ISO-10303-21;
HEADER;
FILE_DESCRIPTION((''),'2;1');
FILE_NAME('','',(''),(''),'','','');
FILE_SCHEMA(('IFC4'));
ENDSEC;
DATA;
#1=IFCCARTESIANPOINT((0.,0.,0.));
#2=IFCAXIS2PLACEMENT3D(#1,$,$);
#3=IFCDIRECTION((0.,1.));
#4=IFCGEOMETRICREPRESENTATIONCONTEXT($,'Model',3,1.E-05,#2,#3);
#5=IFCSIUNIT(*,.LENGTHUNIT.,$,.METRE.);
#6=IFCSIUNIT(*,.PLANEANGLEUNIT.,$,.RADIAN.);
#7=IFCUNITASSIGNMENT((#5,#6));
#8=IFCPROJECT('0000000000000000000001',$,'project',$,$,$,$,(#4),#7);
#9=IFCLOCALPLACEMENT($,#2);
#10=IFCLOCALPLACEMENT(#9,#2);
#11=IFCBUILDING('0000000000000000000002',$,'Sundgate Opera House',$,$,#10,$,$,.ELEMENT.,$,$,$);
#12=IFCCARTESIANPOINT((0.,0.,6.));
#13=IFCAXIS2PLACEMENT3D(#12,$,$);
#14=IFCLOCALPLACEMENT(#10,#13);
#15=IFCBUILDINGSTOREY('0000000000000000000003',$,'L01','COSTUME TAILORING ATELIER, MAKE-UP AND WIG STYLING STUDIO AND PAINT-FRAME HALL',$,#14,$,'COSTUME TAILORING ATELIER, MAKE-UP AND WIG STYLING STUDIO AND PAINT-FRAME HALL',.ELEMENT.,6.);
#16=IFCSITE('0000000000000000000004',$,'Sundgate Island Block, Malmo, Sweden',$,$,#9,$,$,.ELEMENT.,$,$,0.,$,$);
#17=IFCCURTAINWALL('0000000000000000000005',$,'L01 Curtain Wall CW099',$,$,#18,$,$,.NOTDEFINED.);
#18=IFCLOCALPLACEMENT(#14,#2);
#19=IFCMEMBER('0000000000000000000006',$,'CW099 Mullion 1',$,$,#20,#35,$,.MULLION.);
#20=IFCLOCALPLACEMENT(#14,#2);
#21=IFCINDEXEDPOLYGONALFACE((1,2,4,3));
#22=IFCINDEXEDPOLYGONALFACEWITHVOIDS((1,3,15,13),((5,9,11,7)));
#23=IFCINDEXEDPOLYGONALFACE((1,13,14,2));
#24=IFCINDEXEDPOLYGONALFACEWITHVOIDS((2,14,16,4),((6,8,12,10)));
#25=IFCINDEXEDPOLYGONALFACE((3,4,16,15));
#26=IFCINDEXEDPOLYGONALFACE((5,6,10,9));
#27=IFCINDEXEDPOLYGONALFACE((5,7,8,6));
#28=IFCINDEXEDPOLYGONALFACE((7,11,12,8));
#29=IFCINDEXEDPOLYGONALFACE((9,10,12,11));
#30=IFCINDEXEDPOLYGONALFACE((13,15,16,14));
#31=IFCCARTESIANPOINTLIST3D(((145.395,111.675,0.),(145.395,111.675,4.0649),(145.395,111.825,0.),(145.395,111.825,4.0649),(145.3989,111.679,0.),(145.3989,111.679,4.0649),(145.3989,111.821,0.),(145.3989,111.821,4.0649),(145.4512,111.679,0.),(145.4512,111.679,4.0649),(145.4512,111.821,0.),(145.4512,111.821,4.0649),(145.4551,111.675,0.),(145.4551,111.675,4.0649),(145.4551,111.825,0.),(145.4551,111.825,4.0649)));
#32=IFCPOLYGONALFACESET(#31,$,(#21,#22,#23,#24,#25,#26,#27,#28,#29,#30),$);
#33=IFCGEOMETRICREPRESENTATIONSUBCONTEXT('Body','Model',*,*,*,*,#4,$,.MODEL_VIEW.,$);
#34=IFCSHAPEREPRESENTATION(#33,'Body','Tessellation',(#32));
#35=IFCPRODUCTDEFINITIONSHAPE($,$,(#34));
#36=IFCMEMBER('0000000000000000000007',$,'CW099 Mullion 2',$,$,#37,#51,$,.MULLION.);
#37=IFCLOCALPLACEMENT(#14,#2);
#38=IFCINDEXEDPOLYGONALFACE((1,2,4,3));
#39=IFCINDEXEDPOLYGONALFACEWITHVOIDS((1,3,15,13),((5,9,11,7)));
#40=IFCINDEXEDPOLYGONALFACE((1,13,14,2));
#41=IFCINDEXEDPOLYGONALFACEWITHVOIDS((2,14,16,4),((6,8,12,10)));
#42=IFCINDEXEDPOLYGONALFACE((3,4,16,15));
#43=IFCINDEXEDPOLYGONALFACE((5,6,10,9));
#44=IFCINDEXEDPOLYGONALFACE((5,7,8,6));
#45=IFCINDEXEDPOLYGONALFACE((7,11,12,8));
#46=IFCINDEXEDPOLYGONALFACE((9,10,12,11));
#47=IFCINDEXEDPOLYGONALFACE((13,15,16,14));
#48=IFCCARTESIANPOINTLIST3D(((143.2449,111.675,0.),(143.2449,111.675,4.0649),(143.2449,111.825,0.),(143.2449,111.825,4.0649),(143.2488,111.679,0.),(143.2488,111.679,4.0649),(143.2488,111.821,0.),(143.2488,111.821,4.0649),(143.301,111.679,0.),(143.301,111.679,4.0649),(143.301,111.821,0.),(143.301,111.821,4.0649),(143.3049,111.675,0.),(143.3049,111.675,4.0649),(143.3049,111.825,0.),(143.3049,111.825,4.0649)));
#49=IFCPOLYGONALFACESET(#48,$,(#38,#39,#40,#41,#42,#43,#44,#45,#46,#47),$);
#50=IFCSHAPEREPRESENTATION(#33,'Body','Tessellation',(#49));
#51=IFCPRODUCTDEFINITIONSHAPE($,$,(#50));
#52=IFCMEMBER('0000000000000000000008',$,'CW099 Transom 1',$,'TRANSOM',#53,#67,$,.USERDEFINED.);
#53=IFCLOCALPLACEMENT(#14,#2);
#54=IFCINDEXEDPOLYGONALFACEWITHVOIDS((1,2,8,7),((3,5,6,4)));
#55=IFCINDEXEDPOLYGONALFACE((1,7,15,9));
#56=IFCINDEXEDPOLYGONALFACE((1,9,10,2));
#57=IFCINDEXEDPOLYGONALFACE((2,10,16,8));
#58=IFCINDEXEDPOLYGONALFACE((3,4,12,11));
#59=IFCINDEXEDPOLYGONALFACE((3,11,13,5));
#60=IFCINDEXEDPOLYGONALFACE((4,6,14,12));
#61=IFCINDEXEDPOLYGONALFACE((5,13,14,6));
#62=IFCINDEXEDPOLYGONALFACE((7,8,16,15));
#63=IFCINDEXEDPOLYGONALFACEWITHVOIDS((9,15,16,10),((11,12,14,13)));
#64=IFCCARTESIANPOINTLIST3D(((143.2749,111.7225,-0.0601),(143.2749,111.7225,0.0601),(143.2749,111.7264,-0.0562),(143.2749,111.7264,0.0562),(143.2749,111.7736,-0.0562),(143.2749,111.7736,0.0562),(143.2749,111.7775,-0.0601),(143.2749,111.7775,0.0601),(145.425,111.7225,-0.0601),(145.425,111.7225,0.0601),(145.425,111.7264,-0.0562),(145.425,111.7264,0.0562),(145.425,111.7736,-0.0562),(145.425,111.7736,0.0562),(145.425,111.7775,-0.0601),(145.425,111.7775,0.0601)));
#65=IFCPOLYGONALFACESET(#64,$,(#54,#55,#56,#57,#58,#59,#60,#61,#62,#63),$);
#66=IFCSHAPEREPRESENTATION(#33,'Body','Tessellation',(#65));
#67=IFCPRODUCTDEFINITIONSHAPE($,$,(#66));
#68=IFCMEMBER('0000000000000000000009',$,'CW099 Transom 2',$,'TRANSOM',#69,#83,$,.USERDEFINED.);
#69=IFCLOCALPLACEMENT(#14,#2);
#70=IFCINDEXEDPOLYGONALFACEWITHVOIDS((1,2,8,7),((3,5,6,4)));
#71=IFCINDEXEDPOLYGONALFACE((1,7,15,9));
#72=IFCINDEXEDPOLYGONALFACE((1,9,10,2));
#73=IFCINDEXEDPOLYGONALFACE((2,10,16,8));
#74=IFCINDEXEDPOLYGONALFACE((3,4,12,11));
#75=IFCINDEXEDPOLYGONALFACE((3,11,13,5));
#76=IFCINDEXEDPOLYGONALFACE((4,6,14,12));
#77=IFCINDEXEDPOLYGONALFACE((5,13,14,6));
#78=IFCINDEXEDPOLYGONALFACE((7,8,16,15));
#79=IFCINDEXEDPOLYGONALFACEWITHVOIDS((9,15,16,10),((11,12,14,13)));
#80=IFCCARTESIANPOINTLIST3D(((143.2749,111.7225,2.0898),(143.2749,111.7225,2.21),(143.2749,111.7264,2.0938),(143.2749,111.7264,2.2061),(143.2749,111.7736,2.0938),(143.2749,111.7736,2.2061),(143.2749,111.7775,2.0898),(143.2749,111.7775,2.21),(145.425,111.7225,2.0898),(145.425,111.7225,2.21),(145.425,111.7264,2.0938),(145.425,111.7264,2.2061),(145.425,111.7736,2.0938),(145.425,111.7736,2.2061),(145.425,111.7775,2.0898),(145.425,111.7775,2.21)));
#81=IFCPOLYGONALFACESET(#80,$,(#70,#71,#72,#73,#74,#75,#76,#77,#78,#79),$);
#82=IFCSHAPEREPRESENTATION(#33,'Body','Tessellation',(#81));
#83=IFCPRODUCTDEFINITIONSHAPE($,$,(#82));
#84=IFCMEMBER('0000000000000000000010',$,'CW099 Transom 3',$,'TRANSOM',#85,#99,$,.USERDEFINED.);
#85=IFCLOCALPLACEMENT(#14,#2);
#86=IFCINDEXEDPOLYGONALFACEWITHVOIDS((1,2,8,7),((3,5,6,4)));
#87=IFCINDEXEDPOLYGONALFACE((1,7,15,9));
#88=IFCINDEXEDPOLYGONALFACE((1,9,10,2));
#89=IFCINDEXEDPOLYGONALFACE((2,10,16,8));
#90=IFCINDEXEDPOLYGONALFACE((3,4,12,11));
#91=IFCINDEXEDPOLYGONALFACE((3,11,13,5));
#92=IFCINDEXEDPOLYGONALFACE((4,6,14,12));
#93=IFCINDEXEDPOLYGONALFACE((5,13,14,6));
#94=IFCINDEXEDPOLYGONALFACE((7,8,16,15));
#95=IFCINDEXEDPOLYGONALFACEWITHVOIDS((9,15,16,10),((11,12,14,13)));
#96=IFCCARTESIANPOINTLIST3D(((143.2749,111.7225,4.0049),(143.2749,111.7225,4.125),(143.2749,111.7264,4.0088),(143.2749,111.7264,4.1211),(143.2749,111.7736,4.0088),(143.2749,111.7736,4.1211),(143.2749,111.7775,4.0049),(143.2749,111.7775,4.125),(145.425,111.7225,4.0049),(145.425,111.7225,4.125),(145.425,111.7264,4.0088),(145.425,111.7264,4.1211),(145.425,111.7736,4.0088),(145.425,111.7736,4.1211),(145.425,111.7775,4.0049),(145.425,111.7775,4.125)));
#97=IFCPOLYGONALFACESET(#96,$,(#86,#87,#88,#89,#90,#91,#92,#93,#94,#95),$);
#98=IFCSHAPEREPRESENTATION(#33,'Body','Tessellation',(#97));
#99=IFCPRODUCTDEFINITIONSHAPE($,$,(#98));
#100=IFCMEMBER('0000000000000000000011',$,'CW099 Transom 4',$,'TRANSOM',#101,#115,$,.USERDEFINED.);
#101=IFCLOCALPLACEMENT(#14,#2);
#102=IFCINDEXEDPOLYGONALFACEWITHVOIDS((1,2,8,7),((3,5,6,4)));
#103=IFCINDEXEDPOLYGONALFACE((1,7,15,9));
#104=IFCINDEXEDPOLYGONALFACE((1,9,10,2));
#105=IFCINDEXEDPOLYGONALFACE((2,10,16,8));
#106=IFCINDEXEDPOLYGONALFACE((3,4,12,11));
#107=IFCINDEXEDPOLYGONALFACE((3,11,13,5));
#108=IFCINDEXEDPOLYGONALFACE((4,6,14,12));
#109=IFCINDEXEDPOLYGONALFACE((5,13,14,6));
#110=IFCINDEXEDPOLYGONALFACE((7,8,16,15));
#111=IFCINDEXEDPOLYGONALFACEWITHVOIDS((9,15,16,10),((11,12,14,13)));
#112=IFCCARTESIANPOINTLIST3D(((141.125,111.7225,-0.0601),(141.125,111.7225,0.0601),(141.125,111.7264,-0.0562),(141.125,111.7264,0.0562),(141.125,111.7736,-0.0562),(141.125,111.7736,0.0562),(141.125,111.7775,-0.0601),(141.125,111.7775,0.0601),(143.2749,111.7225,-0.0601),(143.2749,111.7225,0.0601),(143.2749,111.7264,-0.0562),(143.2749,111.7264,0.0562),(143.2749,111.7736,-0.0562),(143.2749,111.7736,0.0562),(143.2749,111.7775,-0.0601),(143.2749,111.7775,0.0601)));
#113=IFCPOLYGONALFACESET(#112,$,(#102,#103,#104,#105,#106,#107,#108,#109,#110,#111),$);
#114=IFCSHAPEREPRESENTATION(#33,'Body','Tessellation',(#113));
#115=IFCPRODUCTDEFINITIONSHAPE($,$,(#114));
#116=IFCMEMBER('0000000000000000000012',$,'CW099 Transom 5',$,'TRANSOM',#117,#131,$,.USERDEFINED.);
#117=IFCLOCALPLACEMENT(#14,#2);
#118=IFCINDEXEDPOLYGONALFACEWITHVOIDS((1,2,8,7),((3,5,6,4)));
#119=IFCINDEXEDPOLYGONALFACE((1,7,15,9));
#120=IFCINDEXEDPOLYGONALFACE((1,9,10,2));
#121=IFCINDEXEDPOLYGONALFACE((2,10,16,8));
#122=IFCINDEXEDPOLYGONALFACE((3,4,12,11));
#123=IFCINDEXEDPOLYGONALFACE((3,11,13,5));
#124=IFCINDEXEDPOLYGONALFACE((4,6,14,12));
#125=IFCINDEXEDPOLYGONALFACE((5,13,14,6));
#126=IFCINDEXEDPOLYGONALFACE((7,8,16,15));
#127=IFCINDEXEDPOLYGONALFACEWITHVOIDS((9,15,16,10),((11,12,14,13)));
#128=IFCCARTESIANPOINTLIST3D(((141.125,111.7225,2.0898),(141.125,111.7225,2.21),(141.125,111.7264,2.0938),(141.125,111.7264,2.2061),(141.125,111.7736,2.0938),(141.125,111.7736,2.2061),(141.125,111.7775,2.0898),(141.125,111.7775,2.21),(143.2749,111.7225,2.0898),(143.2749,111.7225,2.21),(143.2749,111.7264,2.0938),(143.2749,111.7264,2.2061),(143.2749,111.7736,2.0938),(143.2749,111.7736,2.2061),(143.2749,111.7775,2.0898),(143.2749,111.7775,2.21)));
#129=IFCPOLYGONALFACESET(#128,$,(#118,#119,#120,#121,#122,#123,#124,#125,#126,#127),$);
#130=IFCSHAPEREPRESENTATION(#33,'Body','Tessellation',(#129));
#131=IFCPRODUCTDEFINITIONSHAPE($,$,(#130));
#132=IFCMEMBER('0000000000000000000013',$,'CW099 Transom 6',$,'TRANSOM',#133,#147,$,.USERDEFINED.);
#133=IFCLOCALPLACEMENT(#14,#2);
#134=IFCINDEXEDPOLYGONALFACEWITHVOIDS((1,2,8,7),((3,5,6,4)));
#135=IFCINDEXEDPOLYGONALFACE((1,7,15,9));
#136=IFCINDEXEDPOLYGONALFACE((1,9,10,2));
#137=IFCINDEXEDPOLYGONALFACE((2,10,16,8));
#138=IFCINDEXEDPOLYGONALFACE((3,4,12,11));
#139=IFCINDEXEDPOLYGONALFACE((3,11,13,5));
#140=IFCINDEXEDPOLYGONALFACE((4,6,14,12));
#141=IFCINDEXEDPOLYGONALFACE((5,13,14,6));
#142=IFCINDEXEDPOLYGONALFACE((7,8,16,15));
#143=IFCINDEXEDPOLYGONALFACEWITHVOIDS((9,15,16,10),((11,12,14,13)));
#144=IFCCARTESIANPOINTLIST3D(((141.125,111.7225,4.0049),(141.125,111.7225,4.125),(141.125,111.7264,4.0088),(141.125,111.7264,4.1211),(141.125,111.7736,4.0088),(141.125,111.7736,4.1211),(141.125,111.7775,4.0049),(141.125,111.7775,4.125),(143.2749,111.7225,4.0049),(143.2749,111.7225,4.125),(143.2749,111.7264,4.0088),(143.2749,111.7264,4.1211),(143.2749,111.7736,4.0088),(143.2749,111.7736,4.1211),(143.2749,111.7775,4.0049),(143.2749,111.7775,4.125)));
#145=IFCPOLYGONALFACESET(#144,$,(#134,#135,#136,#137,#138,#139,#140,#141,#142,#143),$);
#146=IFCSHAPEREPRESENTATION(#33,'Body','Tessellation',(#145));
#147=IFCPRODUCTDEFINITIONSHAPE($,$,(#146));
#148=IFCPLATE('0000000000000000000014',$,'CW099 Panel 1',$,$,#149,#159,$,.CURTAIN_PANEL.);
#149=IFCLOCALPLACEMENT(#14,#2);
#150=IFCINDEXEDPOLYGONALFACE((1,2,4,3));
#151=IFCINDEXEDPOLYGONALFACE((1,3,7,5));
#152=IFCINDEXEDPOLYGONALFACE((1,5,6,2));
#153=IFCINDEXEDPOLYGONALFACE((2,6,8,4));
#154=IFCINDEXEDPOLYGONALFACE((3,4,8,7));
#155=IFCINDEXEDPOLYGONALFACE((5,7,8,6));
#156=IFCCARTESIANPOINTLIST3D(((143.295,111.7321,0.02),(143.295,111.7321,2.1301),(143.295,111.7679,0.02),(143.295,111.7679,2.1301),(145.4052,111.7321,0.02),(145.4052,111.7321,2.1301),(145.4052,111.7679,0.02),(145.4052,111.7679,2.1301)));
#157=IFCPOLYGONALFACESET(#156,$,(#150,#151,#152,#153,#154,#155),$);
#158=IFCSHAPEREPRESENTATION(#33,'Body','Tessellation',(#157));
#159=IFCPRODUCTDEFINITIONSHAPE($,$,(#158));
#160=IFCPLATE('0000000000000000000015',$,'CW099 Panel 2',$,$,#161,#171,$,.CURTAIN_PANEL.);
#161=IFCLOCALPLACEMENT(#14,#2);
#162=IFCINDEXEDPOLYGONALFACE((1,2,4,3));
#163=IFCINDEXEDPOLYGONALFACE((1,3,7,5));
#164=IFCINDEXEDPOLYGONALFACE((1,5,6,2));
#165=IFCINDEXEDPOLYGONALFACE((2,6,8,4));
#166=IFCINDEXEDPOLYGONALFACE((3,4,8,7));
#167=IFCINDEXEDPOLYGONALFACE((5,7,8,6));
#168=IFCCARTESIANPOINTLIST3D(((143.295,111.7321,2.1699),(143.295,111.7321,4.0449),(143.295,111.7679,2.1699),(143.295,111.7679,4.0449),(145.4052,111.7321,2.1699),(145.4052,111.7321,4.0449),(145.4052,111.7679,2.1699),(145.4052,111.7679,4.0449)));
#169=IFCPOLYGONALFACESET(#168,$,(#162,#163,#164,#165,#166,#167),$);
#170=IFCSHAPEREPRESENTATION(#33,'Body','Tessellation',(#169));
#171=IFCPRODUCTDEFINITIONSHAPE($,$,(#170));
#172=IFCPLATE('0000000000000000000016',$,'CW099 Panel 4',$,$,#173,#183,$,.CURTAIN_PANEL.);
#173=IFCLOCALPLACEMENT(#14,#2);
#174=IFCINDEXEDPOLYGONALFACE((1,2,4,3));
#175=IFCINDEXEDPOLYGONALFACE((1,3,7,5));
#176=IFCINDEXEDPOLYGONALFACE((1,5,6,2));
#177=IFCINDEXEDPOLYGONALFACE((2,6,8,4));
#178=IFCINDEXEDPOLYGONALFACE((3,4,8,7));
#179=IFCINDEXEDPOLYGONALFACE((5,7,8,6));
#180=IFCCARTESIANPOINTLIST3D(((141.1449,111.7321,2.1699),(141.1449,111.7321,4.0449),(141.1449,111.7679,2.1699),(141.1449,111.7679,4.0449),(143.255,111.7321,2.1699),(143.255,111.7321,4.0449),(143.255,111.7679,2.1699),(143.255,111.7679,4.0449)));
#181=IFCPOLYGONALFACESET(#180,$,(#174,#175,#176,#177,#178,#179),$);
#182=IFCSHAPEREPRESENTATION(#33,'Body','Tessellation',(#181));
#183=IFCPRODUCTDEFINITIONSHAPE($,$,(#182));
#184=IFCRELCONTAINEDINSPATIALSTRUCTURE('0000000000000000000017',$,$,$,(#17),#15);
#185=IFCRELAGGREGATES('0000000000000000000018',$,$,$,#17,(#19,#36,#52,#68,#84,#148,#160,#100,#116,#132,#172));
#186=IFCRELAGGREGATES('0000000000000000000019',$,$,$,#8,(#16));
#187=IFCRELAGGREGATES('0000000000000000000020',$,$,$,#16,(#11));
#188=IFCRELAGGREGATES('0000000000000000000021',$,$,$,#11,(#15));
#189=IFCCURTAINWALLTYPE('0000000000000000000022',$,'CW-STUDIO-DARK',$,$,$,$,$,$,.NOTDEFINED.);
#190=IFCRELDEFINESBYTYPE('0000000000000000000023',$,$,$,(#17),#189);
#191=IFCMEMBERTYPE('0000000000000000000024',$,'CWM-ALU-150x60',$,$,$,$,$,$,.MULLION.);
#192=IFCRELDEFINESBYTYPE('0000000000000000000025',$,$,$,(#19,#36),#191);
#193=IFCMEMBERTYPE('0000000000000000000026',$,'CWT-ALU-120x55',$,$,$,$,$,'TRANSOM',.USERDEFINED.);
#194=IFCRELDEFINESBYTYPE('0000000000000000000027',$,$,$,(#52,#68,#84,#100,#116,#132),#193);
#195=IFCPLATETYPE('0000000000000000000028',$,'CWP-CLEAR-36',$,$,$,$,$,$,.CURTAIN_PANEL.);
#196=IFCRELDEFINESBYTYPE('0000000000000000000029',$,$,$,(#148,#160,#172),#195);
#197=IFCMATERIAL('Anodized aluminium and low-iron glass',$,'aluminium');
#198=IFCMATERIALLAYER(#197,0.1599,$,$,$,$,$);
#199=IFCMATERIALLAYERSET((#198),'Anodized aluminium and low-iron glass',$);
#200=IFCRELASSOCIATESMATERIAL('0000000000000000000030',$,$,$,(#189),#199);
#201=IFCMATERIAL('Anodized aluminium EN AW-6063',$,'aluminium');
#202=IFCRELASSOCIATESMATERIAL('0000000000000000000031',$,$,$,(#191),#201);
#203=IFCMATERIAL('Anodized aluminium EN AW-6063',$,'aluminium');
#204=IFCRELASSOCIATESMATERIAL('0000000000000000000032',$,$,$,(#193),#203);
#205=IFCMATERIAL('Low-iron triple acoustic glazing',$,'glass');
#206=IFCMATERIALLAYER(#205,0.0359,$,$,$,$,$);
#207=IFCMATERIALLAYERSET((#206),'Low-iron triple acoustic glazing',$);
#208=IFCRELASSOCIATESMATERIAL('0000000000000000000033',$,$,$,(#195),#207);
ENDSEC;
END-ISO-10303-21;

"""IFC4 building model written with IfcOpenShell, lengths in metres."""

from ifc_helpers import new_model, si_unit, direction, frame, origin, origin_2d, place, context, subcontext, project, spatial, rectangle, hollow_rectangle, extrude, material, layer, layer_set, material_profile, profile_set, type_object, element, aggregate, save


model = new_model("IFC4")

# Units and contexts
model_context = context("Model", 3, precision=1e-05, world=origin(), true_north=direction((0.0, 1.0)))
body_context = subcontext(model_context, "Body", "Model", "MODEL_VIEW")
ifc_project = project(units=[si_unit("LENGTHUNIT", "METRE"), si_unit("PLANEANGLEUNIT", "RADIAN")], contexts=[model_context])

# Site, building, storey
site_placement = place(None, origin())
site = spatial("IfcSite", under=ifc_project, at=site_placement, Name="Sundgate Island Block, Malmo, Sweden", CompositionType="ELEMENT", RefElevation=0.0)
building_placement = place(site_placement, origin())
building = spatial("IfcBuilding", under=site, at=building_placement, Name="Sundgate Opera House", CompositionType="ELEMENT")
storey_placement = place(building_placement, frame((0.0, 0.0, 6.0)))
storey = spatial("IfcBuildingStorey", under=building, at=storey_placement, Name="L01", Description="COSTUME TAILORING ATELIER, MAKE-UP AND WIG STYLING STUDIO AND PAINT-FRAME HALL", LongName="COSTUME TAILORING ATELIER, MAKE-UP AND WIG STYLING STUDIO AND PAINT-FRAME HALL", CompositionType="ELEMENT", Elevation=6.0)

# Curtain wall, members, plates
ifc_material_1 = material(Name="Anodized aluminium and low-iron glass", Category="aluminium")
ifc_layer_1 = layer(ifc_material_1, 0.1599)
ifc_layer_set_1 = layer_set([ifc_layer_1], Name="Anodized aluminium and low-iron glass")
curtain_wall_type = type_object("IfcCurtainWallType", Name="CW-STUDIO-DARK", PredefinedType="NOTDEFINED", material=ifc_layer_set_1)
curtain_wall_placement = place(storey_placement, origin())
curtain_wall = element("IfcCurtainWall", 1, at=curtain_wall_placement, inside=storey, type_object=curtain_wall_type, Name="L01 Curtain Wall CW099", PredefinedType="NOTDEFINED")
ifc_material_2 = material(Name="Anodized aluminium EN AW-6063", Category="aluminium")
ifc_material_profile_1 = material_profile(ifc_material_2, hollow_rectangle(XDim=0.0601, YDim=0.1499, WallThickness=0.0039, at=origin_2d()), Name="CWM 150x60x4")
ifc_profile_set_1 = profile_set([ifc_material_profile_1], Name="Anodized aluminium EN AW-6063")
member_type_1 = type_object("IfcMemberType", Name="CWM-ALU-150x60", PredefinedType="MULLION", material=ifc_profile_set_1)
member_1_placement = place(storey_placement, frame((145.425, 111.75, 0.0), z_axis=(0.0, 0.0, 1.0), x_axis=(1.0, 0.0, 0.0)))
member_1 = element("IfcMember", 2, at=member_1_placement, type_object=member_type_1, Name="CW099 Mullion 1", PredefinedType="MULLION", context=body_context, shape_type="SweptSolid", body=[
    extrude(hollow_rectangle(XDim=0.0601, YDim=0.1499, WallThickness=0.0039, at=origin_2d()), origin(), (0.0, 0.0, 1.0), 4.0649),
])
member_2_placement = place(storey_placement, frame((143.2749, 111.75, 0.0), z_axis=(0.0, 0.0, 1.0), x_axis=(1.0, 0.0, 0.0)))
member_2 = element("IfcMember", 3, at=member_2_placement, type_object=member_type_1, Name="CW099 Mullion 2", PredefinedType="MULLION", context=body_context, shape_type="SweptSolid", body=[
    extrude(hollow_rectangle(XDim=0.0601, YDim=0.1499, WallThickness=0.0039, at=origin_2d()), origin(), (0.0, 0.0, 1.0), 4.0649),
])
ifc_material_3 = material(Name="Anodized aluminium EN AW-6063", Category="aluminium")
ifc_material_profile_2 = material_profile(ifc_material_3, hollow_rectangle(XDim=0.0549, YDim=0.1201, WallThickness=0.0039, at=origin_2d()), Name="CWT 120x55x4")
ifc_profile_set_2 = profile_set([ifc_material_profile_2], Name="Anodized aluminium EN AW-6063")
member_type_2 = type_object("IfcMemberType", Name="CWT-ALU-120x55", ElementType="TRANSOM", PredefinedType="USERDEFINED", material=ifc_profile_set_2)
member_3_placement = place(storey_placement, frame((145.425, 111.75, 0.0), z_axis=(-1.0, 0.0, 0.0), x_axis=(0.0, -1.0, 0.0)))
member_3 = element("IfcMember", 4, at=member_3_placement, type_object=member_type_2, Name="CW099 Transom 1", ObjectType="TRANSOM", PredefinedType="USERDEFINED", context=body_context, shape_type="SweptSolid", body=[
    extrude(hollow_rectangle(XDim=0.0549, YDim=0.1201, WallThickness=0.0039, at=origin_2d()), origin(), (0.0, 0.0, 1.0), 2.1501),
])
member_4_placement = place(storey_placement, frame((145.425, 111.75, 2.1499), z_axis=(-1.0, 0.0, 0.0), x_axis=(0.0, -1.0, 0.0)))
member_4 = element("IfcMember", 5, at=member_4_placement, type_object=member_type_2, Name="CW099 Transom 2", ObjectType="TRANSOM", PredefinedType="USERDEFINED", context=body_context, shape_type="SweptSolid", body=[
    extrude(hollow_rectangle(XDim=0.0549, YDim=0.1201, WallThickness=0.0039, at=origin_2d()), origin(), (0.0, 0.0, 1.0), 2.1501),
])
member_5_placement = place(storey_placement, frame((145.425, 111.75, 4.0649), z_axis=(-1.0, 0.0, 0.0), x_axis=(0.0, -1.0, 0.0)))
member_5 = element("IfcMember", 6, at=member_5_placement, type_object=member_type_2, Name="CW099 Transom 3", ObjectType="TRANSOM", PredefinedType="USERDEFINED", context=body_context, shape_type="SweptSolid", body=[
    extrude(hollow_rectangle(XDim=0.0549, YDim=0.1201, WallThickness=0.0039, at=origin_2d()), origin(), (0.0, 0.0, 1.0), 2.1501),
])
member_6_placement = place(storey_placement, frame((143.2749, 111.75, 0.0), z_axis=(-1.0, 0.0, 0.0), x_axis=(0.0, -1.0, 0.0)))
member_6 = element("IfcMember", 7, at=member_6_placement, type_object=member_type_2, Name="CW099 Transom 4", ObjectType="TRANSOM", PredefinedType="USERDEFINED", context=body_context, shape_type="SweptSolid", body=[
    extrude(hollow_rectangle(XDim=0.0549, YDim=0.1201, WallThickness=0.0039, at=origin_2d()), origin(), (0.0, 0.0, 1.0), 2.1499),
])
member_7_placement = place(storey_placement, frame((143.2749, 111.75, 2.1499), z_axis=(-1.0, 0.0, 0.0), x_axis=(0.0, -1.0, 0.0)))
member_7 = element("IfcMember", 8, at=member_7_placement, type_object=member_type_2, Name="CW099 Transom 5", ObjectType="TRANSOM", PredefinedType="USERDEFINED", context=body_context, shape_type="SweptSolid", body=[
    extrude(hollow_rectangle(XDim=0.0549, YDim=0.1201, WallThickness=0.0039, at=origin_2d()), origin(), (0.0, 0.0, 1.0), 2.1499),
])
member_8_placement = place(storey_placement, frame((143.2749, 111.75, 4.0649), z_axis=(-1.0, 0.0, 0.0), x_axis=(0.0, -1.0, 0.0)))
member_8 = element("IfcMember", 9, at=member_8_placement, type_object=member_type_2, Name="CW099 Transom 6", ObjectType="TRANSOM", PredefinedType="USERDEFINED", context=body_context, shape_type="SweptSolid", body=[
    extrude(hollow_rectangle(XDim=0.0549, YDim=0.1201, WallThickness=0.0039, at=origin_2d()), origin(), (0.0, 0.0, 1.0), 2.1499),
])
ifc_material_4 = material(Name="Low-iron triple acoustic glazing", Category="glass")
ifc_layer_2 = layer(ifc_material_4, 0.0359)
ifc_layer_set_2 = layer_set([ifc_layer_2], Name="Low-iron triple acoustic glazing")
plate_type = type_object("IfcPlateType", Name="CWP-CLEAR-36", PredefinedType="CURTAIN_PANEL", material=ifc_layer_set_2)
plate_1_placement = place(storey_placement, frame((144.3501, 111.75, 0.02), z_axis=(0.0, 0.0, 1.0), x_axis=(-1.0, 0.0, 0.0)))
plate_1 = element("IfcPlate", 10, at=plate_1_placement, type_object=plate_type, Name="CW099 Panel 1", PredefinedType="CURTAIN_PANEL", context=body_context, shape_type="SweptSolid", body=[
    extrude(rectangle(XDim=2.1101, YDim=0.0359, at=origin_2d()), origin(), (0.0, 0.0, 1.0), 2.1101),
])
plate_2_placement = place(storey_placement, frame((144.3501, 111.75, 2.1699), z_axis=(0.0, 0.0, 1.0), x_axis=(-1.0, 0.0, 0.0)))
plate_2 = element("IfcPlate", 11, at=plate_2_placement, type_object=plate_type, Name="CW099 Panel 2", PredefinedType="CURTAIN_PANEL", context=body_context, shape_type="SweptSolid", body=[
    extrude(rectangle(XDim=2.1101, YDim=0.0359, at=origin_2d()), origin(), (0.0, 0.0, 1.0), 1.875),
])
plate_3_placement = place(storey_placement, frame((142.2, 111.75, 2.1699), z_axis=(0.0, 0.0, 1.0), x_axis=(-1.0, 0.0, 0.0)))
plate_3 = element("IfcPlate", 12, at=plate_3_placement, type_object=plate_type, Name="CW099 Panel 4", PredefinedType="CURTAIN_PANEL", context=body_context, shape_type="SweptSolid", body=[
    extrude(rectangle(XDim=2.1101, YDim=0.0359, at=origin_2d()), origin(), (0.0, 0.0, 1.0), 1.875),
])
aggregate(curtain_wall, [member_1, member_2, member_3, member_4, member_5, plate_1, plate_2, member_6, member_7, member_8, plate_3])

save(model, "model.ifc")
